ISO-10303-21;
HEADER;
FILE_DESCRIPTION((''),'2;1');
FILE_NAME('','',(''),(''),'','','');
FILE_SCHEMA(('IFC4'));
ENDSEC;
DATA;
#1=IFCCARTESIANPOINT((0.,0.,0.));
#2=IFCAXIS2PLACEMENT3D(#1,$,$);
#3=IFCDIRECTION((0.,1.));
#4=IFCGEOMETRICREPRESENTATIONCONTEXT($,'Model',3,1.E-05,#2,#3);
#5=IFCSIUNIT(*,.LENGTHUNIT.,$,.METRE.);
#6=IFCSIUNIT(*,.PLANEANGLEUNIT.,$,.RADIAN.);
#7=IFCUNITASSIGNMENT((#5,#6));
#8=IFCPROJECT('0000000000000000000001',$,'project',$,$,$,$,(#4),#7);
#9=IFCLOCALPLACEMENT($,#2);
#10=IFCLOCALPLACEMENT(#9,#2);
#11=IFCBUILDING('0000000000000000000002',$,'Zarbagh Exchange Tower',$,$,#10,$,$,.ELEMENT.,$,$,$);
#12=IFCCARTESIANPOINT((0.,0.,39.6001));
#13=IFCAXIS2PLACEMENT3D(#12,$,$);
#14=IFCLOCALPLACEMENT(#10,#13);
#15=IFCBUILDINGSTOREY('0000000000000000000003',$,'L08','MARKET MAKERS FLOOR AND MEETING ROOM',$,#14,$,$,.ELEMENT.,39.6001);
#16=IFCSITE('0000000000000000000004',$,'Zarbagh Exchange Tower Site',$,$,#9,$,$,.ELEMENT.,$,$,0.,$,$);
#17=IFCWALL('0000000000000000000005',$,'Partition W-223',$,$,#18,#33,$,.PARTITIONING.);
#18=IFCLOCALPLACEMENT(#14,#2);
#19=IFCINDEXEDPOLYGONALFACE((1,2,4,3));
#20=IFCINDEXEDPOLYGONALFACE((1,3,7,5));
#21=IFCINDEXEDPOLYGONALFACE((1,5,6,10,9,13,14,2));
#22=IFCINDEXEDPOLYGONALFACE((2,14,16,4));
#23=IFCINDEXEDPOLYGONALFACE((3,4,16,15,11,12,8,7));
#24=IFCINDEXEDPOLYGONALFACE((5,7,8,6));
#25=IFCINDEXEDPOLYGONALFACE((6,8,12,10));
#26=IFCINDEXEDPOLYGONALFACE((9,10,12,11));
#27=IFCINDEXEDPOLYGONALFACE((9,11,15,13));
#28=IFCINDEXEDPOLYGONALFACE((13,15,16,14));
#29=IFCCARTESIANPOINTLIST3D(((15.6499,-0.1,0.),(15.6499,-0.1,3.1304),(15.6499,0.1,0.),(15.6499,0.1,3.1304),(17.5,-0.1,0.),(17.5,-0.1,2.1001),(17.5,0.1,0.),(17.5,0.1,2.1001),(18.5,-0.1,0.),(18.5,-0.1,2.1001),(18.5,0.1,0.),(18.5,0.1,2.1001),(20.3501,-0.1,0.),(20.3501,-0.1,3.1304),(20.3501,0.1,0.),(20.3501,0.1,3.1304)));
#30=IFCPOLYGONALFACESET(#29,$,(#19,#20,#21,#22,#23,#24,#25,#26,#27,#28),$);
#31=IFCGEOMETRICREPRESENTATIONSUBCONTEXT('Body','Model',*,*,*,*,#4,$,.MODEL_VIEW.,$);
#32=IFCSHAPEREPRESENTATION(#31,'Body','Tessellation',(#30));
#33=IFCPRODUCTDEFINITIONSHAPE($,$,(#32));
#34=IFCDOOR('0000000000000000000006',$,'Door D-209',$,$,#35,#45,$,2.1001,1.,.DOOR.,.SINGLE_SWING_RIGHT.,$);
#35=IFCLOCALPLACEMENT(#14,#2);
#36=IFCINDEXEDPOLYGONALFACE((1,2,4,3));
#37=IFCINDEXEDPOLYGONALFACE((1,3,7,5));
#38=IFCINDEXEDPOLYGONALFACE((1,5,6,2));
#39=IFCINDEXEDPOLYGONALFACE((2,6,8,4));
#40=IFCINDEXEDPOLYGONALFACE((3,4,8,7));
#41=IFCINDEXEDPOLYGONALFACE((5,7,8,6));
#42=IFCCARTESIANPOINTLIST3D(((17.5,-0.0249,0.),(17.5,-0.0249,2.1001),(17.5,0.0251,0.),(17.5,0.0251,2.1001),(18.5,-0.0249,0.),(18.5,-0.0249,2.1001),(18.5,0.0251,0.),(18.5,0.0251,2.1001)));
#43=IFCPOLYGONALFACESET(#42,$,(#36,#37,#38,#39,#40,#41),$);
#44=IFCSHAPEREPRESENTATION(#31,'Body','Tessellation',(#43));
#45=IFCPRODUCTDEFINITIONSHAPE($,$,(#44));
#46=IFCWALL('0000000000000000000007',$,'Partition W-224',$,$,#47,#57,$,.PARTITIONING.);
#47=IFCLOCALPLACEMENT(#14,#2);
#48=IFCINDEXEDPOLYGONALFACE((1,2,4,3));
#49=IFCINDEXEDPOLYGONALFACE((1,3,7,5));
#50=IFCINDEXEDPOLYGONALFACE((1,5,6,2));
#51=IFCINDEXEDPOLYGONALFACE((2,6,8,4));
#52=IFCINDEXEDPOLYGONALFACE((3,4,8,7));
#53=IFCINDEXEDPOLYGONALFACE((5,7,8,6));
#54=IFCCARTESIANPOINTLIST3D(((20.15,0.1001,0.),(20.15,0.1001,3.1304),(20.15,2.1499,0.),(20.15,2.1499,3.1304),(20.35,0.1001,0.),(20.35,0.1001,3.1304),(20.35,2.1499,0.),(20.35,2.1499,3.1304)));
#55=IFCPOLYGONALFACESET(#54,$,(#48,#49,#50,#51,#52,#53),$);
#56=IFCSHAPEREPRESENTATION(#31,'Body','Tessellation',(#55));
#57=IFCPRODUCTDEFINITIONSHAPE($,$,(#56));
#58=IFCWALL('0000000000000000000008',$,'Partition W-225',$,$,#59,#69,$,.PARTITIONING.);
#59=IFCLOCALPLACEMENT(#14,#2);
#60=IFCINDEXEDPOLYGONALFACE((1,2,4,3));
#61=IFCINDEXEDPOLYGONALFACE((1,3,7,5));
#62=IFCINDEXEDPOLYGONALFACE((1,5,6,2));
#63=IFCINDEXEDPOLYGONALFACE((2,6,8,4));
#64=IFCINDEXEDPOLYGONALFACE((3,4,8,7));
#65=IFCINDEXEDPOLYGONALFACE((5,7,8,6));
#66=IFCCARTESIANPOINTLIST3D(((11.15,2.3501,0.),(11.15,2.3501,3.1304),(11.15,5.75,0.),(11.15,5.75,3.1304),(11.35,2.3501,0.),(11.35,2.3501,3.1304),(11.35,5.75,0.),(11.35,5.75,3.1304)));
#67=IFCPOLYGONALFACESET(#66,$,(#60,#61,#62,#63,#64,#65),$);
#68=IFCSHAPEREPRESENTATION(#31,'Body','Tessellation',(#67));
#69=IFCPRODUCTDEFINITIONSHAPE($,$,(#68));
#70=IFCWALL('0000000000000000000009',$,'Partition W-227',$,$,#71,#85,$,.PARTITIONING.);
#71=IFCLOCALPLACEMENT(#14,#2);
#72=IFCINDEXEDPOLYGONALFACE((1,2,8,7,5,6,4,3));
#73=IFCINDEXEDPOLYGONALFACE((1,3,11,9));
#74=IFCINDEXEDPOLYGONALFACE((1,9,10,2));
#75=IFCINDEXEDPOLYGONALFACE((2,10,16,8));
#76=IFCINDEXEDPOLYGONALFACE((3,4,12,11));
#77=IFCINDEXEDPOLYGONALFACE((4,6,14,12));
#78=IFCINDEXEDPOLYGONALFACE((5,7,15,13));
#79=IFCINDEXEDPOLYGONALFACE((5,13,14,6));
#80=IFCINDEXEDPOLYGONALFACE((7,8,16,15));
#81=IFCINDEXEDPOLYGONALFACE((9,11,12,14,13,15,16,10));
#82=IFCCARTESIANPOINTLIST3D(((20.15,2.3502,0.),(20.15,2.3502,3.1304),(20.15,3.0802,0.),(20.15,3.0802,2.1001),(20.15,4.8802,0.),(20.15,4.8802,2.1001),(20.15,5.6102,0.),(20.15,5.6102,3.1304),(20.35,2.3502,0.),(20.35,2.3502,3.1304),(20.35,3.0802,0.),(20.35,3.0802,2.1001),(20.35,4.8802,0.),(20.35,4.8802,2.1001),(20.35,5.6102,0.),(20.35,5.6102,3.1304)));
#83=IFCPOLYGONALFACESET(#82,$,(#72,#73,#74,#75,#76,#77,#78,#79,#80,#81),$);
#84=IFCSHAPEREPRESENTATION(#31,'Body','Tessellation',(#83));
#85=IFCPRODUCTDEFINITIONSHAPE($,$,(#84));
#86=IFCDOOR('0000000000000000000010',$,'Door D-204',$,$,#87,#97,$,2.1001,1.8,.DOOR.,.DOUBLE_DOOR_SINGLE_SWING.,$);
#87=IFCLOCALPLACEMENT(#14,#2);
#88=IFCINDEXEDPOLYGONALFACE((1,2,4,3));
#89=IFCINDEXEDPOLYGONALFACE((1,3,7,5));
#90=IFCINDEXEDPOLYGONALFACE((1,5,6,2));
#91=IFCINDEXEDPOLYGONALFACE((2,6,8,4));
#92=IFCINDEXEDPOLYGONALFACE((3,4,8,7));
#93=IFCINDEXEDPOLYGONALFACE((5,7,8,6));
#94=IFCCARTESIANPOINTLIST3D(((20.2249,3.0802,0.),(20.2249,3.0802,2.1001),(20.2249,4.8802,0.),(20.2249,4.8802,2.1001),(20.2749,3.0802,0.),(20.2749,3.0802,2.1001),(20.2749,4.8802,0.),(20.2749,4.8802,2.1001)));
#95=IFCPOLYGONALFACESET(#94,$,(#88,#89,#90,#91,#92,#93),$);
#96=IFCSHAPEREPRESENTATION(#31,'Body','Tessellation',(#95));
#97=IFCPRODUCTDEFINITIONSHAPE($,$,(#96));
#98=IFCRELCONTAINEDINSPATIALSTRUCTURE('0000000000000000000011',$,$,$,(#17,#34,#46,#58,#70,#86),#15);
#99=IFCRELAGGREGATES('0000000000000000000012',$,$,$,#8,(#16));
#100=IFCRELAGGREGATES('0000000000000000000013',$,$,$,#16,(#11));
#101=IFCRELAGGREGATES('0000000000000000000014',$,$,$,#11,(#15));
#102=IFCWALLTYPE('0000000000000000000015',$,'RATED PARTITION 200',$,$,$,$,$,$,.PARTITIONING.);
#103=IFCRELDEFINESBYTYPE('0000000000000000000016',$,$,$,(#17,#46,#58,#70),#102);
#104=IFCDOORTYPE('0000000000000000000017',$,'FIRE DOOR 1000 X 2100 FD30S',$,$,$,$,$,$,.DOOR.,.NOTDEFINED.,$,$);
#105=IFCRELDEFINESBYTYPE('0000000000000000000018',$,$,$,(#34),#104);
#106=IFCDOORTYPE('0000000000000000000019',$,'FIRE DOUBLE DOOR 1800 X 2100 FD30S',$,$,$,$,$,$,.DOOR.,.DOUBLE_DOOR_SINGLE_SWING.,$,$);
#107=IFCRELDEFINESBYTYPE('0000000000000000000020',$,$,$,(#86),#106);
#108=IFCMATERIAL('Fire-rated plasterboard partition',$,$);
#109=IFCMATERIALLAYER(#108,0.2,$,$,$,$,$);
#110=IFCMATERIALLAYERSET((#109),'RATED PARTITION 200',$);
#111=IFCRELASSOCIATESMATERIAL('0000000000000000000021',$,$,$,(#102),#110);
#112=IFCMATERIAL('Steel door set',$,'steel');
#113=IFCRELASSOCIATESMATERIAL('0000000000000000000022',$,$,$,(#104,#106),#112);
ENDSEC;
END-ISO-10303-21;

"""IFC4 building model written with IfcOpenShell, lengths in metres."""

from ifc_helpers import new_model, si_unit, direction, frame, frame_2d, origin, place, context, subcontext, project, spatial, rectangle, extrude, material, layer, layer_set, type_object, element, fill, save


model = new_model("IFC4")

# Units and contexts
model_context = context("Model", 3, precision=1e-05, world=origin(), true_north=direction((0.0, 1.0)))
body_context = subcontext(model_context, "Body", "Model", "MODEL_VIEW")
ifc_project = project(units=[si_unit("LENGTHUNIT", "METRE"), si_unit("PLANEANGLEUNIT", "RADIAN")], contexts=[model_context])

# Site, building, storey
site_placement = place(None, origin())
site = spatial("IfcSite", under=ifc_project, at=site_placement, Name="Zarbagh Exchange Tower Site", CompositionType="ELEMENT", RefElevation=0.0)
building_placement = place(site_placement, origin())
building = spatial("IfcBuilding", under=site, at=building_placement, Name="Zarbagh Exchange Tower", CompositionType="ELEMENT")
storey_placement = place(building_placement, frame((0.0, 0.0, 39.6001)))
storey = spatial("IfcBuildingStorey", under=building, at=storey_placement, Name="L08", Description="MARKET MAKERS FLOOR AND MEETING ROOM", CompositionType="ELEMENT", Elevation=39.6001)

# Shared definitions
ifc_material_1 = material(Name="Fire-rated plasterboard partition")
ifc_layer = layer(ifc_material_1, 0.2)
ifc_layer_set = layer_set([ifc_layer], Name="RATED PARTITION 200")
wall_type = type_object("IfcWallType", Name="RATED PARTITION 200", PredefinedType="PARTITIONING", material=ifc_layer_set)

# Wall, opening, door
ifc_material_2 = material(Name="Steel door set", Category="steel")
door_type_1 = type_object("IfcDoorType", Name="FIRE DOOR 1000 X 2100 FD30S", OperationType="NOTDEFINED", PredefinedType="DOOR", material=ifc_material_2)
wall_1_placement = place(storey_placement, frame((20.3501, 0.0, 0.0), z_axis=(0.0, 0.0, 1.0), x_axis=(-1.0, 0.0, 0.0)))
wall_1 = element("IfcWall", 1, at=wall_1_placement, inside=storey, type_object=wall_type, Name="Partition W-223", PredefinedType="PARTITIONING", context=body_context, shape_type="SweptSolid", body=[
    extrude(rectangle(XDim=4.7002, YDim=0.2, at=frame_2d((2.3501, 0.0))), origin(), (0.0, 0.0, 1.0), 3.1304),
])
opening_1_placement = place(wall_1_placement, frame((1.8501, 0.0, 0.0)))
opening_1 = element("IfcOpeningElement", 2, at=opening_1_placement, cuts=wall_1, PredefinedType="OPENING", context=body_context, shape_type="SweptSolid", body=[
    extrude(rectangle(XDim=1.0, YDim=2.1001, at=frame_2d((0.5, 1.05))), frame((0.0, 0.1099, 0.0), z_axis=(0.0, -1.0, 0.0), x_axis=(1.0, 0.0, 0.0)), (0.0, 0.0, 1.0), 0.22),
])
door_1_placement = place(opening_1_placement, origin())
door_1 = element("IfcDoor", 3, at=door_1_placement, inside=storey, type_object=door_type_1, Name="Door D-209", OperationType="SINGLE_SWING_RIGHT", OverallHeight=2.1001, OverallWidth=1.0, PredefinedType="DOOR", context=body_context, shape_type="SweptSolid", body=[
    extrude(rectangle(XDim=1.0, YDim=2.1001, at=frame_2d((0.5, 1.05))), frame((0.0, 0.0249, 0.0), z_axis=(0.0, -1.0, 0.0), x_axis=(1.0, 0.0, 0.0)), (0.0, 0.0, 1.0), 0.05),
])
fill(opening_1, door_1)

# Walls
wall_2_placement = place(storey_placement, frame((20.25, 0.1001, 0.0), z_axis=(0.0, 0.0, 1.0), x_axis=(0.0, 1.0, 0.0)))
element("IfcWall", 4, at=wall_2_placement, inside=storey, type_object=wall_type, Name="Partition W-224", PredefinedType="PARTITIONING", context=body_context, shape_type="SweptSolid", body=[
    extrude(rectangle(XDim=2.0498, YDim=0.2, at=frame_2d((1.0249, 0.0))), origin(), (0.0, 0.0, 1.0), 3.1304),
])
wall_3_placement = place(storey_placement, frame((11.25, 2.3501, 0.0), z_axis=(0.0, 0.0, 1.0), x_axis=(0.0, 1.0, 0.0)))
element("IfcWall", 5, at=wall_3_placement, inside=storey, type_object=wall_type, Name="Partition W-225", PredefinedType="PARTITIONING", context=body_context, shape_type="SweptSolid", body=[
    extrude(rectangle(XDim=3.3999, YDim=0.2, at=frame_2d((1.7, 0.0))), origin(), (0.0, 0.0, 1.0), 3.1304),
])

# Wall, opening, door
wall_4_placement = place(storey_placement, frame((20.25, 5.6101, 0.0), z_axis=(0.0, 0.0, 1.0), x_axis=(0.0, -1.0, 0.0)))
wall_4 = element("IfcWall", 6, at=wall_4_placement, inside=storey, type_object=wall_type, Name="Partition W-227", PredefinedType="PARTITIONING", context=body_context, shape_type="SweptSolid", body=[
    extrude(rectangle(XDim=3.26, YDim=0.2, at=frame_2d((1.6299, 0.0))), origin(), (0.0, 0.0, 1.0), 3.1304),
])
opening_2_placement = place(wall_4_placement, frame((0.73, 0.0, 0.0)))
opening_2 = element("IfcOpeningElement", 7, at=opening_2_placement, cuts=wall_4, PredefinedType="OPENING", context=body_context, shape_type="SweptSolid", body=[
    extrude(rectangle(XDim=1.8, YDim=2.1001, at=frame_2d((0.8999, 1.05))), frame((0.0, 0.1099, 0.0), z_axis=(0.0, -1.0, 0.0), x_axis=(1.0, 0.0, 0.0)), (0.0, 0.0, 1.0), 0.22),
])
door_type_2 = type_object("IfcDoorType", Name="FIRE DOUBLE DOOR 1800 X 2100 FD30S", OperationType="DOUBLE_DOOR_SINGLE_SWING", PredefinedType="DOOR", material=ifc_material_2)
door_2_placement = place(opening_2_placement, origin())
door_2 = element("IfcDoor", 8, at=door_2_placement, inside=storey, type_object=door_type_2, Name="Door D-204", OperationType="DOUBLE_DOOR_SINGLE_SWING", OverallHeight=2.1001, OverallWidth=1.8, PredefinedType="DOOR", context=body_context, shape_type="SweptSolid", body=[
    extrude(rectangle(XDim=1.8, YDim=2.1001, at=frame_2d((0.8999, 1.05))), frame((0.0, 0.0249, 0.0), z_axis=(0.0, -1.0, 0.0), x_axis=(1.0, 0.0, 0.0)), (0.0, 0.0, 1.0), 0.05),
])
fill(opening_2, door_2)

save(model, "model.ifc")
